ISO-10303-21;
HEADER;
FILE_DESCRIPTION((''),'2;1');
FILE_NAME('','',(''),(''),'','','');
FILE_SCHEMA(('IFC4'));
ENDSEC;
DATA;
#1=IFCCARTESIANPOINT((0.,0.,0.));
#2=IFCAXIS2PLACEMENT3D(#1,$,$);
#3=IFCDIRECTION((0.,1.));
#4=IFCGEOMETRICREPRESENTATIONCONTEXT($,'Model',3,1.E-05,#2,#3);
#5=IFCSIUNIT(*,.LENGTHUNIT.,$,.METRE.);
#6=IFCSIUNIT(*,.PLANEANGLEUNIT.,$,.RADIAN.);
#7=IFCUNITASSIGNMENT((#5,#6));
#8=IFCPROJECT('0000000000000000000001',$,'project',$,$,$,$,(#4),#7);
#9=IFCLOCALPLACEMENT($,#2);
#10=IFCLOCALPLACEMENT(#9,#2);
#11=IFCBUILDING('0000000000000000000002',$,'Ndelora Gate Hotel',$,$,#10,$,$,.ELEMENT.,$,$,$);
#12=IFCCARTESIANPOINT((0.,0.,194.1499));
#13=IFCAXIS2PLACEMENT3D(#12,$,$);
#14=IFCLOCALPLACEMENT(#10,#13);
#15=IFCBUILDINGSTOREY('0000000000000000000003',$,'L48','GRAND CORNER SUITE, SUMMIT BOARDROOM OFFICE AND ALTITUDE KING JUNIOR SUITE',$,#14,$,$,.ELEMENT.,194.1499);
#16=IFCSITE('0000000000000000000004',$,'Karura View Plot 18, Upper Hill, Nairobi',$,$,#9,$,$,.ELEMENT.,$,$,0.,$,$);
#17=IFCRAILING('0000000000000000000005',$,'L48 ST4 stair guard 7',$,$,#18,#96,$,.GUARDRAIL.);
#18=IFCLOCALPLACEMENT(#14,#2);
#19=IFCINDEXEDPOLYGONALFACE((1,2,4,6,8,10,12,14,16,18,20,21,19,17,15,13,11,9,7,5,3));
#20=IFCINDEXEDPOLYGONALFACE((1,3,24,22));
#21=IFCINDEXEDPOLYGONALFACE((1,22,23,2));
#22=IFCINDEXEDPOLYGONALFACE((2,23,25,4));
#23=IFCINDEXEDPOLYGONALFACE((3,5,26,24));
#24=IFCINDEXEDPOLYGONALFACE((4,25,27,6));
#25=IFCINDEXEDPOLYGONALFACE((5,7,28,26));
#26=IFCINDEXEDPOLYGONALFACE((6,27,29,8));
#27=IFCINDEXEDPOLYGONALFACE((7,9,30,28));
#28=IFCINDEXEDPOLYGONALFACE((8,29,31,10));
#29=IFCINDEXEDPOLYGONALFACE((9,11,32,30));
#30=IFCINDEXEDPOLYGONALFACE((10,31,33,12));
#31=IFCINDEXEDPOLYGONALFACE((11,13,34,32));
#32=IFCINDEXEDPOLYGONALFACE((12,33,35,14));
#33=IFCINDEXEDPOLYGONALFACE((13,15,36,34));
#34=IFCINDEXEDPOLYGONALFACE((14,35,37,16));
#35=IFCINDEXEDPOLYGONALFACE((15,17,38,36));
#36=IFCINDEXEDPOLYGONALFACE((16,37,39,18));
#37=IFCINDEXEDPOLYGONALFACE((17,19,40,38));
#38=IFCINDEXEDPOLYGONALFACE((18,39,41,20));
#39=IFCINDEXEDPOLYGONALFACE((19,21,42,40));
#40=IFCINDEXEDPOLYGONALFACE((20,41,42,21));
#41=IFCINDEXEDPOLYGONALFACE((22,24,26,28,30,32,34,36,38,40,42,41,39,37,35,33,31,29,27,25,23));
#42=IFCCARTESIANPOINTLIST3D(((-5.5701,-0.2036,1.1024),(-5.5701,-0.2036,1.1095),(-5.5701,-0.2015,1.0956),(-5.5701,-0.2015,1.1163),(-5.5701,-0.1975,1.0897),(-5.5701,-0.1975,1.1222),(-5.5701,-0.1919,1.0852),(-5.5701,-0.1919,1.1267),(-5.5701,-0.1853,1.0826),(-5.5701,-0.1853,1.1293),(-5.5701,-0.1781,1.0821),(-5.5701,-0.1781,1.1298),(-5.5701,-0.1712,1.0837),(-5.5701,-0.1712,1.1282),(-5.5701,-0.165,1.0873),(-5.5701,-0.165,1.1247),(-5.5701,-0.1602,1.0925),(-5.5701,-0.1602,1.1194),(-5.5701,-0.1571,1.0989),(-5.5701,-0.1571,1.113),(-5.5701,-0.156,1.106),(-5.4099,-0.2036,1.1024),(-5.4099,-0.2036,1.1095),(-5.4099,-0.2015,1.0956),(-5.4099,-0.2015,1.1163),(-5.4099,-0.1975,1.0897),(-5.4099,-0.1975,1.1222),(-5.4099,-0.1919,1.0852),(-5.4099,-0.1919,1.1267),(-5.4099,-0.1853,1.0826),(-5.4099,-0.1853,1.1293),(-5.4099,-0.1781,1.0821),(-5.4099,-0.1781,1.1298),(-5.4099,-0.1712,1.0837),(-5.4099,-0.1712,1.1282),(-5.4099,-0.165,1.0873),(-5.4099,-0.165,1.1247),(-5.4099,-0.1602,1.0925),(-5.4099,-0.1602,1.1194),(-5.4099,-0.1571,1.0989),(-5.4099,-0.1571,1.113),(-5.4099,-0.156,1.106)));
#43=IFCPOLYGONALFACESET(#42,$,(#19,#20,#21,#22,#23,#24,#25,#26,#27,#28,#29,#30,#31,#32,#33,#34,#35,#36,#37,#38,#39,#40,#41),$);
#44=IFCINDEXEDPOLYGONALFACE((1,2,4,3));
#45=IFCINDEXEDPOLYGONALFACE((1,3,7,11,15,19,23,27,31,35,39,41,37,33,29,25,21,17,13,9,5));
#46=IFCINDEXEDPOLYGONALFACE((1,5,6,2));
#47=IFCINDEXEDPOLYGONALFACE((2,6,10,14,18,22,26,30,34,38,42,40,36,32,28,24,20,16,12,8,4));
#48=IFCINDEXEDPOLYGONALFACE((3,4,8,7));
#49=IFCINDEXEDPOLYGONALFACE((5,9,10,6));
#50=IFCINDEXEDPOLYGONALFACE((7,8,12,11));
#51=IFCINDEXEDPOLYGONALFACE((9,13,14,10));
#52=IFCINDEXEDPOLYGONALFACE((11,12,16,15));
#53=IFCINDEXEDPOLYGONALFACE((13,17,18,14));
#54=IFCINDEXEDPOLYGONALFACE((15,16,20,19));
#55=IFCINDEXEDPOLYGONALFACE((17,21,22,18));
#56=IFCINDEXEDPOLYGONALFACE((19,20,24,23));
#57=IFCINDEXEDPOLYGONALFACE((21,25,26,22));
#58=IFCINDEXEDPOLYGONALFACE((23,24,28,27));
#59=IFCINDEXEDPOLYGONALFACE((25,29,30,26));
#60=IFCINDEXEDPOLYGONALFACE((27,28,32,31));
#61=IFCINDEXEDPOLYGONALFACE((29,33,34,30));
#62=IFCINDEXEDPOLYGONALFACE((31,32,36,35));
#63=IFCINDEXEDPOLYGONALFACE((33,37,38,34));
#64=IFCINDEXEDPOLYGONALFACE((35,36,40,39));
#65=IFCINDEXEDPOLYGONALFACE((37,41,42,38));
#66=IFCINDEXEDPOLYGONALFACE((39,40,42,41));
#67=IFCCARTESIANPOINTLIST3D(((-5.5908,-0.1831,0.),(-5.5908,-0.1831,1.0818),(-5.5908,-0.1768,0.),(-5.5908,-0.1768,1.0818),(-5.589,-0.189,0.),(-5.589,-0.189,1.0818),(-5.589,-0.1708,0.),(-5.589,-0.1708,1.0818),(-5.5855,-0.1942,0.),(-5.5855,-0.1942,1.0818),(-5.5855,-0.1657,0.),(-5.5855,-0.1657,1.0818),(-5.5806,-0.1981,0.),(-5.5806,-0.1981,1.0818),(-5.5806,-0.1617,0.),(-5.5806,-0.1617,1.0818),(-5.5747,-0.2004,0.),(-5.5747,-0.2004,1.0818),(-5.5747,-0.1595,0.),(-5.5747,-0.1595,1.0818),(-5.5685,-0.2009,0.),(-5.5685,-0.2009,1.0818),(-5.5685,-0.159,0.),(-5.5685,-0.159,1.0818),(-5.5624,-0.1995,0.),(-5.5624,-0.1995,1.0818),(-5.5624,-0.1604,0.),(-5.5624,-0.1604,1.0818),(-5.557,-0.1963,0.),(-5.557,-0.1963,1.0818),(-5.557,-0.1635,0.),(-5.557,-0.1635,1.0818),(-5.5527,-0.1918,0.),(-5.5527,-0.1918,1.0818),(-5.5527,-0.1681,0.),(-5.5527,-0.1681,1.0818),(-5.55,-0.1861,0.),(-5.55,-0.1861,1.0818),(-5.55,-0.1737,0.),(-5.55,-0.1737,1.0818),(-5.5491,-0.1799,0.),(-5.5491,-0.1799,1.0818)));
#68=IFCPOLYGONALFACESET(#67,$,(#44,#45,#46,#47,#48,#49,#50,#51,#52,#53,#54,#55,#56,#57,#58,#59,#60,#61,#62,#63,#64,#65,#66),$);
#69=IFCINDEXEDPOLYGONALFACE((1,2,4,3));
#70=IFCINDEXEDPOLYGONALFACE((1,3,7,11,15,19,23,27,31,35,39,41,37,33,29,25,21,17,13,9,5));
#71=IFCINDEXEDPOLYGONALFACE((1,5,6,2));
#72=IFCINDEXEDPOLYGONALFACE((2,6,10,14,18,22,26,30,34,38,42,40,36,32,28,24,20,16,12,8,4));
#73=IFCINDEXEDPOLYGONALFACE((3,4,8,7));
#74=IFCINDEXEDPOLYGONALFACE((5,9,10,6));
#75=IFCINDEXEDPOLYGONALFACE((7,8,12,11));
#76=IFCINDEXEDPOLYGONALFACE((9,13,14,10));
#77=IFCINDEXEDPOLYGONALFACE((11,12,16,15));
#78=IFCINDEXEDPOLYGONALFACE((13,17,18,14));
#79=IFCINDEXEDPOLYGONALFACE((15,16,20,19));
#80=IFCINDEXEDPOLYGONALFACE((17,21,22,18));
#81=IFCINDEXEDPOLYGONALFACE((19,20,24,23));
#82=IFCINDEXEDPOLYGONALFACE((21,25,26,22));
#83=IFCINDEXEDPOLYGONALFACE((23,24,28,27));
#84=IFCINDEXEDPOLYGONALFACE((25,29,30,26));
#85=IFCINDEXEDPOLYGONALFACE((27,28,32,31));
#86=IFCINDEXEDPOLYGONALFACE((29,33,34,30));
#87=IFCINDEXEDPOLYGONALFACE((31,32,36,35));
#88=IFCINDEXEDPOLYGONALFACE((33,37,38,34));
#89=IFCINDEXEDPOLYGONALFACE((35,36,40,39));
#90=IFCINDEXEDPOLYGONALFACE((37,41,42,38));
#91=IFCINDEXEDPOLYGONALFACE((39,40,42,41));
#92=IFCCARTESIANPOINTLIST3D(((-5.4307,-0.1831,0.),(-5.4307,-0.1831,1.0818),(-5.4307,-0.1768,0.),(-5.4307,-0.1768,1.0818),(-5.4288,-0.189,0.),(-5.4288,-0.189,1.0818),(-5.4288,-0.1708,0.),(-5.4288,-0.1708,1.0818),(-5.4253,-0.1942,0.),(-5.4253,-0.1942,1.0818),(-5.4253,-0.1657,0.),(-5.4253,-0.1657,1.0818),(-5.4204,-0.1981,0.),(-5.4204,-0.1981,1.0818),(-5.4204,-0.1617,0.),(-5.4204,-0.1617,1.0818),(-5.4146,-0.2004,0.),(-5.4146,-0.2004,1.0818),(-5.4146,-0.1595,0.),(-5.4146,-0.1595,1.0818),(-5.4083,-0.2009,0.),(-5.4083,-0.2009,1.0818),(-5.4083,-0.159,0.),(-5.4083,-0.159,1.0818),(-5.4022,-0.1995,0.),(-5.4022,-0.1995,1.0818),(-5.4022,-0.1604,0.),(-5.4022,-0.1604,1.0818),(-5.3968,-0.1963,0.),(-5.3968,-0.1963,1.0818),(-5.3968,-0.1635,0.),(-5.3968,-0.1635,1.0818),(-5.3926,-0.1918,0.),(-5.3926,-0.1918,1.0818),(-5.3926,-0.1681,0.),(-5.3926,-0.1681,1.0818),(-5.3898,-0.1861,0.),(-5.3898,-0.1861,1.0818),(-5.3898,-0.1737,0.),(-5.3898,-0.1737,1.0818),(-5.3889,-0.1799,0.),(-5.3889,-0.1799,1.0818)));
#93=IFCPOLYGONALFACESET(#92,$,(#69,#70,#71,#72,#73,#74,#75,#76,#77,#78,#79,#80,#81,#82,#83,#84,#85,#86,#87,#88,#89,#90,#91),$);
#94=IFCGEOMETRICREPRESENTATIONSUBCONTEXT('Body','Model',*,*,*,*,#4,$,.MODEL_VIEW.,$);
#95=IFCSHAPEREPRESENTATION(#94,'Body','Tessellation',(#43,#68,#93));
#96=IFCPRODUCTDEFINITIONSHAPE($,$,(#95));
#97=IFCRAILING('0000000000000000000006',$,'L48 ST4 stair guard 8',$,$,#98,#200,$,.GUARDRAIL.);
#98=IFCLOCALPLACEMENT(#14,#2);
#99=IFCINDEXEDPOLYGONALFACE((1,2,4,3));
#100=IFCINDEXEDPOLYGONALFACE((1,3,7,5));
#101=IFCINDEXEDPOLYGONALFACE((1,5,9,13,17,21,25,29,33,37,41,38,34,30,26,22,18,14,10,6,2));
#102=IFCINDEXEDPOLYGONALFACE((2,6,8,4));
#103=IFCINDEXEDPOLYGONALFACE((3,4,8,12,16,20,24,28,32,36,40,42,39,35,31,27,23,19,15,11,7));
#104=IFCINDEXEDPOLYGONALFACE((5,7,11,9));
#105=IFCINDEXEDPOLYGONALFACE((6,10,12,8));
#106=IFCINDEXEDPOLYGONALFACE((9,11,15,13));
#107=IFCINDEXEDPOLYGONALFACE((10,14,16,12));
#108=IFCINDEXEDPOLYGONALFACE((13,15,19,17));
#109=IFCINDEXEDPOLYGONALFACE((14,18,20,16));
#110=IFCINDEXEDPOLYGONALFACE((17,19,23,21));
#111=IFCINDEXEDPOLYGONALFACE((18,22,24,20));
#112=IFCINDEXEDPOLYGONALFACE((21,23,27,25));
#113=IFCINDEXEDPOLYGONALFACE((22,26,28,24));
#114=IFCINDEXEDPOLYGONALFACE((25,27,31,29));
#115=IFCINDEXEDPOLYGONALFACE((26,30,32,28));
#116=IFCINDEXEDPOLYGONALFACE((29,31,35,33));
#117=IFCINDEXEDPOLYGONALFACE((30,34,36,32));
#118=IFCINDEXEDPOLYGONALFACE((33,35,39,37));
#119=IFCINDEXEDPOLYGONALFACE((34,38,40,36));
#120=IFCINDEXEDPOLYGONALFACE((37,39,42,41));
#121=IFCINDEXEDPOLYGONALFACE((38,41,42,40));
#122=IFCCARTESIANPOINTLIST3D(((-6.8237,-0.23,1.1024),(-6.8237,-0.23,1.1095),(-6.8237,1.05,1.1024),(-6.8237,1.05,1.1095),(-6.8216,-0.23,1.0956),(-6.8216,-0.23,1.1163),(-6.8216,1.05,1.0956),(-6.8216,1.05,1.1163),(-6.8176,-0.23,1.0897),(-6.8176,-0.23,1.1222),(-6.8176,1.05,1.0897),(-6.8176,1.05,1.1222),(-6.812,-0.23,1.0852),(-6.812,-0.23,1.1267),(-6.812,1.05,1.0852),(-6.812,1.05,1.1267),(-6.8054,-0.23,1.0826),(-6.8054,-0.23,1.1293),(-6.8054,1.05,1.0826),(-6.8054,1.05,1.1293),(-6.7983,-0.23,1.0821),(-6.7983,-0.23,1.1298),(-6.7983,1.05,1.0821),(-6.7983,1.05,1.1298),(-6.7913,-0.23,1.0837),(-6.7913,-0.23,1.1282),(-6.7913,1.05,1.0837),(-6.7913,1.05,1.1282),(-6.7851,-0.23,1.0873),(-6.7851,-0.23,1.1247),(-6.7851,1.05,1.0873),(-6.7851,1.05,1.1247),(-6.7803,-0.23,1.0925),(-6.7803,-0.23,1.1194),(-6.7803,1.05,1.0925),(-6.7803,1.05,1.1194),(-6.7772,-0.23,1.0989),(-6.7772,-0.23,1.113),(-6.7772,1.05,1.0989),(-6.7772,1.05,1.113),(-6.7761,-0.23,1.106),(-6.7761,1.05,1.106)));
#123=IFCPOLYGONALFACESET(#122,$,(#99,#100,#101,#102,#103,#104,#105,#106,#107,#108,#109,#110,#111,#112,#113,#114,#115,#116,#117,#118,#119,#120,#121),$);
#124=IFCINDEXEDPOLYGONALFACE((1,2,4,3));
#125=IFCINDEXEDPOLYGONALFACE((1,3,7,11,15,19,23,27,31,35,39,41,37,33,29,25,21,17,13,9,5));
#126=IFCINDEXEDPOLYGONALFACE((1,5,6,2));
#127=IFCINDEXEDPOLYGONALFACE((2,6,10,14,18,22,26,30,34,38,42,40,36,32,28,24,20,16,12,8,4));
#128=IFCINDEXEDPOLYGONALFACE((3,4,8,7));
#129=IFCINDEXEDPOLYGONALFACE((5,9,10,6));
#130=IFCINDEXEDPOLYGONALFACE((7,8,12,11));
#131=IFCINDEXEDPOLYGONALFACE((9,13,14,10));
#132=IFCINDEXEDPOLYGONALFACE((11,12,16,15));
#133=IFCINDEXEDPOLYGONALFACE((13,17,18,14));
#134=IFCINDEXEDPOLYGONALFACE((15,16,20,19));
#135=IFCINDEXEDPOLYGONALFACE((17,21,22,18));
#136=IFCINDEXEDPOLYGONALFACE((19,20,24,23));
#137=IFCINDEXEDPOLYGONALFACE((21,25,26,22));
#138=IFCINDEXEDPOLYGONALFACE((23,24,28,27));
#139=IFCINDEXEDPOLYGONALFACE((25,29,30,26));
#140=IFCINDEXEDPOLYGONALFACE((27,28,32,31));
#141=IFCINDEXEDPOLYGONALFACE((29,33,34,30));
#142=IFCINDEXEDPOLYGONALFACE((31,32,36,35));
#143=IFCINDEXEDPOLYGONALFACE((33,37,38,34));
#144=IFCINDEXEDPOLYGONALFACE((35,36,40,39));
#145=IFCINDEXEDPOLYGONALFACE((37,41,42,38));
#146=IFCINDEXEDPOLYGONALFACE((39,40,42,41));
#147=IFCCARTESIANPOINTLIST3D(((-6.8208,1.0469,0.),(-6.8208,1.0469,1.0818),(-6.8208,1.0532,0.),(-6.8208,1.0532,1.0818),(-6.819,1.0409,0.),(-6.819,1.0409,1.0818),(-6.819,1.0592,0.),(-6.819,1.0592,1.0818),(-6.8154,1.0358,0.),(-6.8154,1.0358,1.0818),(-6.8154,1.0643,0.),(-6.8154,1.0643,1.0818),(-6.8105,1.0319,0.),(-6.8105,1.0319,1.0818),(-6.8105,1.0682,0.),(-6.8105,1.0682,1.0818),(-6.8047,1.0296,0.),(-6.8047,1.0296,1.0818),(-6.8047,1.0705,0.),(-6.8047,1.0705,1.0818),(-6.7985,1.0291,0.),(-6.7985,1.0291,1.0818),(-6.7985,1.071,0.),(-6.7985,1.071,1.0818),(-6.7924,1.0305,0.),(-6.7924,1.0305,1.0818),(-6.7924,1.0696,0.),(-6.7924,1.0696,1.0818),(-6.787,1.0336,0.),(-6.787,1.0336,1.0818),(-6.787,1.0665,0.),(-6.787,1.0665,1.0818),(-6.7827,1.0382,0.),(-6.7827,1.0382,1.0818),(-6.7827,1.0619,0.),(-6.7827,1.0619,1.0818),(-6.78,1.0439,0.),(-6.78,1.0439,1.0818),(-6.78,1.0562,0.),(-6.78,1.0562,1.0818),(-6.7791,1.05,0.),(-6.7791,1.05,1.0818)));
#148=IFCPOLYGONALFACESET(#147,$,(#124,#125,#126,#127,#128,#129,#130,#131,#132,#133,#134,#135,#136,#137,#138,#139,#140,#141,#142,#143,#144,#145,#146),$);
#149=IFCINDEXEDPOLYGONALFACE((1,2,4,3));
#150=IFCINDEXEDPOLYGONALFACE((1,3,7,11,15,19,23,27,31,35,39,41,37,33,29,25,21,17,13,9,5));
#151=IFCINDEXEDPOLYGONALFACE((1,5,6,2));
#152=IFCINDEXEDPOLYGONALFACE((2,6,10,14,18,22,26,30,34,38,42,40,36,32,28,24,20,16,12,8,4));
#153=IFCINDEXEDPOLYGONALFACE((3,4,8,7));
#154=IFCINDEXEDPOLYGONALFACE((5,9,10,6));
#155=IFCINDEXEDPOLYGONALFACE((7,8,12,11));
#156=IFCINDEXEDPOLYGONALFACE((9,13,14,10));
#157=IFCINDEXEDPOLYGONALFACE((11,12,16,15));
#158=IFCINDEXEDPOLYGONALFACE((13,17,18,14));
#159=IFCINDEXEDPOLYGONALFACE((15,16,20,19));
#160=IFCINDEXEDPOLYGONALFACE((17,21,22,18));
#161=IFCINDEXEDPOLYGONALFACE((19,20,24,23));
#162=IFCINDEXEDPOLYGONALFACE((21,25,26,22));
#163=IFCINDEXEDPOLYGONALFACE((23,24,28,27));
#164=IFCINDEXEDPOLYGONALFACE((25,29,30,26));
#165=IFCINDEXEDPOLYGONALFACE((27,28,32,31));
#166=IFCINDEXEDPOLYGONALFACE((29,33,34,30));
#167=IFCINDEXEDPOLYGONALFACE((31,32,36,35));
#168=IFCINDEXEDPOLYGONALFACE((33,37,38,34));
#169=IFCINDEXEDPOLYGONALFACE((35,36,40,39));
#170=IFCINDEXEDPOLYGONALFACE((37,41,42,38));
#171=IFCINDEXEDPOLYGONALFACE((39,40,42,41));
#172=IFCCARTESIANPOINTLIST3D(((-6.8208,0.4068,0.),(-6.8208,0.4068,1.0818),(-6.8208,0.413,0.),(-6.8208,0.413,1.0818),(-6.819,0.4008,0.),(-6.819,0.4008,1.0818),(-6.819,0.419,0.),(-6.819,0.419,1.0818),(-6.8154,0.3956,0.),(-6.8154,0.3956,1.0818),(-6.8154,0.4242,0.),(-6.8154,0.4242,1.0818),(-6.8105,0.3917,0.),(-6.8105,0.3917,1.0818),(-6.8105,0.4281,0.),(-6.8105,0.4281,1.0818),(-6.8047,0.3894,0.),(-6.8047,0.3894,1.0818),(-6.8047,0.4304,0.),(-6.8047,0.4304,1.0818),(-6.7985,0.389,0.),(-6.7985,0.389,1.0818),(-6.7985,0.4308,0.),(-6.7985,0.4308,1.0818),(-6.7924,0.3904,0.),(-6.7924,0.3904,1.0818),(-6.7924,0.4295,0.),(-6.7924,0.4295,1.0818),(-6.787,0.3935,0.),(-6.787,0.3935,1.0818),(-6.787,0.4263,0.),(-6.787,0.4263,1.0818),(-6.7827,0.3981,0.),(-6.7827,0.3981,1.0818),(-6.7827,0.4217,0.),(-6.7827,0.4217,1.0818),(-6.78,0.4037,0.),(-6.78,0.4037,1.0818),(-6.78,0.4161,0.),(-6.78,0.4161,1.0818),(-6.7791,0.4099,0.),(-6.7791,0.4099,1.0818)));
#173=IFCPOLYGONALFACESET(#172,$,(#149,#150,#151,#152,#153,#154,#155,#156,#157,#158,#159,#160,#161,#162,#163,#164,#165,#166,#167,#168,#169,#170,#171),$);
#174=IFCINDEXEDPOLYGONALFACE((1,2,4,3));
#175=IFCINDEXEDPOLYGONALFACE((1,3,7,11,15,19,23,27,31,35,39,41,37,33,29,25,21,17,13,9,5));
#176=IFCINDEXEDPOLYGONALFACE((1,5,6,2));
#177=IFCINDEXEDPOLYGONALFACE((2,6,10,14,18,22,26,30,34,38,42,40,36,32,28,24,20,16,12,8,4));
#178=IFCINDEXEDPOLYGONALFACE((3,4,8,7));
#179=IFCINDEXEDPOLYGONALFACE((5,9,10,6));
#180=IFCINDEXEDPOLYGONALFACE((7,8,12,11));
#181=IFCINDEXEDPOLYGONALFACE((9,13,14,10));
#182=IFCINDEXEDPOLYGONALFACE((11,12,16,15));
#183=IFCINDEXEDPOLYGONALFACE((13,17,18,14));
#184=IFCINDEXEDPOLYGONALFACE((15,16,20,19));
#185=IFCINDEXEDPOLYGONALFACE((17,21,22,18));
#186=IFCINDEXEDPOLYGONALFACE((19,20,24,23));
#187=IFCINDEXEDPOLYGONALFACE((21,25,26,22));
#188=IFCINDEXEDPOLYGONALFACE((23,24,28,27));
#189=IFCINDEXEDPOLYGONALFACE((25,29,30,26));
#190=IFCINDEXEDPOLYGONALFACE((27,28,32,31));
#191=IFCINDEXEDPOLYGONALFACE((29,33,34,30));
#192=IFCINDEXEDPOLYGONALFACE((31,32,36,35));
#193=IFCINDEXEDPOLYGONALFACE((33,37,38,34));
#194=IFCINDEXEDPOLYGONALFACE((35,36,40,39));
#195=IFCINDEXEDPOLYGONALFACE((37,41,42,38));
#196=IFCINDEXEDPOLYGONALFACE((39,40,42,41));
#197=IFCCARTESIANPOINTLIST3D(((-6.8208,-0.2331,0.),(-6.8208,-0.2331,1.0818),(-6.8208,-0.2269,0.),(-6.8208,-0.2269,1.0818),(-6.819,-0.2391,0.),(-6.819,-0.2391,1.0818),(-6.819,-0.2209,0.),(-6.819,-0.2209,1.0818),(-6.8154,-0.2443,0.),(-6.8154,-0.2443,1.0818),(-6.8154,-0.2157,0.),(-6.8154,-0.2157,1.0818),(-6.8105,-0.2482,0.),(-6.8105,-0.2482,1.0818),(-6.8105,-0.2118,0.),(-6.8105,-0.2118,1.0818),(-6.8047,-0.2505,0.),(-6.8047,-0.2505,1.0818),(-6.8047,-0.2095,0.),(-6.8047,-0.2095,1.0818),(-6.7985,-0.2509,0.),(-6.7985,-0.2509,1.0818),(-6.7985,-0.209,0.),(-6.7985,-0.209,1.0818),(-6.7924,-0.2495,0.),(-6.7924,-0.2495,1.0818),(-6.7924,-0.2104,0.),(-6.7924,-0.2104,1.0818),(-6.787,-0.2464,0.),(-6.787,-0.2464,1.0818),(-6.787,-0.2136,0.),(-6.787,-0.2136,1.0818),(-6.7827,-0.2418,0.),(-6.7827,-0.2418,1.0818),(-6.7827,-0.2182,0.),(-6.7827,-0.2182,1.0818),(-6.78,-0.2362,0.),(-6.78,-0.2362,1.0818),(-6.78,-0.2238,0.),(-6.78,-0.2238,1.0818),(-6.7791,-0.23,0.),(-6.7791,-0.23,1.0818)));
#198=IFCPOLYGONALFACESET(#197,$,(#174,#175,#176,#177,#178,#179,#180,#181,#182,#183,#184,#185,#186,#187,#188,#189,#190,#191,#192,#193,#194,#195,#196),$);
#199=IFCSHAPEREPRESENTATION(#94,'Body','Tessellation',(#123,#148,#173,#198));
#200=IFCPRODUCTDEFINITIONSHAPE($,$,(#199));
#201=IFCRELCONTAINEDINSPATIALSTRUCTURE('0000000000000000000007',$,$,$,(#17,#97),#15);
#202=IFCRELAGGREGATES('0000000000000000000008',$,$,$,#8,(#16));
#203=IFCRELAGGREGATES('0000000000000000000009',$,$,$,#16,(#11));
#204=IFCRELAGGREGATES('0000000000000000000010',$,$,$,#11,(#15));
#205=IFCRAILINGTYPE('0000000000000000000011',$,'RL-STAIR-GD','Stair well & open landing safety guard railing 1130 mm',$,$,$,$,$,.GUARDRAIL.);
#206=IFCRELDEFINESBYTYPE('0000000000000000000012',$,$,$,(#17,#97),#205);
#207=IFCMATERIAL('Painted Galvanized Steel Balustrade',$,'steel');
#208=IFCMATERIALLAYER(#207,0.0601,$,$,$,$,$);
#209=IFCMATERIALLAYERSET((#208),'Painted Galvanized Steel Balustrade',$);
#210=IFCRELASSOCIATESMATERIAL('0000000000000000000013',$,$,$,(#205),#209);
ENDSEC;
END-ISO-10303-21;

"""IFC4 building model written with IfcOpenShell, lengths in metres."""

from ifc_helpers import new_model, si_unit, direction, frame, origin, origin_2d, place, context, subcontext, project, spatial, circle, extrude, material, layer, layer_set, type_object, element, save


model = new_model("IFC4")

# Units and contexts
model_context = context("Model", 3, precision=1e-05, world=origin(), true_north=direction((0.0, 1.0)))
body_context = subcontext(model_context, "Body", "Model", "MODEL_VIEW")
ifc_project = project(units=[si_unit("LENGTHUNIT", "METRE"), si_unit("PLANEANGLEUNIT", "RADIAN")], contexts=[model_context])

# Site, building, storey
site_placement = place(None, origin())
site = spatial("IfcSite", under=ifc_project, at=site_placement, Name="Karura View Plot 18, Upper Hill, Nairobi", CompositionType="ELEMENT", RefElevation=0.0)
building_placement = place(site_placement, origin())
building = spatial("IfcBuilding", under=site, at=building_placement, Name="Ndelora Gate Hotel", CompositionType="ELEMENT")
storey_placement = place(building_placement, frame((0.0, 0.0, 194.1499)))
storey = spatial("IfcBuildingStorey", under=building, at=storey_placement, Name="L48", Description="GRAND CORNER SUITE, SUMMIT BOARDROOM OFFICE AND ALTITUDE KING JUNIOR SUITE", CompositionType="ELEMENT", Elevation=194.1499)

# Railings
ifc_material_1 = material(Name="Painted Galvanized Steel Balustrade", Category="steel")
ifc_layer_1 = layer(ifc_material_1, 0.0601)
ifc_layer_set_1 = layer_set([ifc_layer_1], Name="Painted Galvanized Steel Balustrade")
railing_type_1 = type_object("IfcRailingType", Name="RL-STAIR-GD", Description="Stair well & open landing safety guard railing 1130 mm", PredefinedType="GUARDRAIL", material=ifc_layer_set_1)
railing_1_placement = place(storey_placement, frame((-5.5701, -0.1799, 0.0)))
element("IfcRailing", 1, at=railing_1_placement, inside=storey, type_object=railing_type_1, Name="L48 ST4 stair guard 7", PredefinedType="GUARDRAIL", context=body_context, shape_type="SweptSolid", body=[
    extrude(circle(Radius=0.0239, at=origin_2d()), frame((0.0, 0.0, 1.106), z_axis=(1.0, 0.0, 0.0), x_axis=(0.0, 1.0, 0.0)), (0.0, 0.0, 1.0), 0.1602),
    extrude(circle(Radius=0.021, at=origin_2d()), origin(), (0.0, 0.0, 1.0), 1.0818),
    extrude(circle(Radius=0.021, at=origin_2d()), frame((0.1602, 0.0, 0.0)), (0.0, 0.0, 1.0), 1.0818),
])
for number, where, name in (
    (2, (-6.8, 1.05, 0.0), "L48 ST4 stair guard 8"),
):
    element("IfcRailing", number, at=place(storey_placement, frame(where)), inside=storey, type_object=railing_type_1, Name=name, PredefinedType="GUARDRAIL", context=body_context, shape_type="SweptSolid", body=[
        extrude(circle(Radius=0.0239, at=origin_2d()), frame((0.0, 0.0, 1.106), z_axis=(0.0, -1.0, 0.0), x_axis=(1.0, 0.0, 0.0)), (0.0, 0.0, 1.0), 1.28),
        extrude(circle(Radius=0.021, at=origin_2d()), origin(), (0.0, 0.0, 1.0), 1.0818),
        extrude(circle(Radius=0.021, at=origin_2d()), frame((0.0, -0.6401, 0.0)), (0.0, 0.0, 1.0), 1.0818),
        extrude(circle(Radius=0.021, at=origin_2d()), frame((0.0, -1.28, 0.0)), (0.0, 0.0, 1.0), 1.0818),
    ])

save(model, "model.ifc")
